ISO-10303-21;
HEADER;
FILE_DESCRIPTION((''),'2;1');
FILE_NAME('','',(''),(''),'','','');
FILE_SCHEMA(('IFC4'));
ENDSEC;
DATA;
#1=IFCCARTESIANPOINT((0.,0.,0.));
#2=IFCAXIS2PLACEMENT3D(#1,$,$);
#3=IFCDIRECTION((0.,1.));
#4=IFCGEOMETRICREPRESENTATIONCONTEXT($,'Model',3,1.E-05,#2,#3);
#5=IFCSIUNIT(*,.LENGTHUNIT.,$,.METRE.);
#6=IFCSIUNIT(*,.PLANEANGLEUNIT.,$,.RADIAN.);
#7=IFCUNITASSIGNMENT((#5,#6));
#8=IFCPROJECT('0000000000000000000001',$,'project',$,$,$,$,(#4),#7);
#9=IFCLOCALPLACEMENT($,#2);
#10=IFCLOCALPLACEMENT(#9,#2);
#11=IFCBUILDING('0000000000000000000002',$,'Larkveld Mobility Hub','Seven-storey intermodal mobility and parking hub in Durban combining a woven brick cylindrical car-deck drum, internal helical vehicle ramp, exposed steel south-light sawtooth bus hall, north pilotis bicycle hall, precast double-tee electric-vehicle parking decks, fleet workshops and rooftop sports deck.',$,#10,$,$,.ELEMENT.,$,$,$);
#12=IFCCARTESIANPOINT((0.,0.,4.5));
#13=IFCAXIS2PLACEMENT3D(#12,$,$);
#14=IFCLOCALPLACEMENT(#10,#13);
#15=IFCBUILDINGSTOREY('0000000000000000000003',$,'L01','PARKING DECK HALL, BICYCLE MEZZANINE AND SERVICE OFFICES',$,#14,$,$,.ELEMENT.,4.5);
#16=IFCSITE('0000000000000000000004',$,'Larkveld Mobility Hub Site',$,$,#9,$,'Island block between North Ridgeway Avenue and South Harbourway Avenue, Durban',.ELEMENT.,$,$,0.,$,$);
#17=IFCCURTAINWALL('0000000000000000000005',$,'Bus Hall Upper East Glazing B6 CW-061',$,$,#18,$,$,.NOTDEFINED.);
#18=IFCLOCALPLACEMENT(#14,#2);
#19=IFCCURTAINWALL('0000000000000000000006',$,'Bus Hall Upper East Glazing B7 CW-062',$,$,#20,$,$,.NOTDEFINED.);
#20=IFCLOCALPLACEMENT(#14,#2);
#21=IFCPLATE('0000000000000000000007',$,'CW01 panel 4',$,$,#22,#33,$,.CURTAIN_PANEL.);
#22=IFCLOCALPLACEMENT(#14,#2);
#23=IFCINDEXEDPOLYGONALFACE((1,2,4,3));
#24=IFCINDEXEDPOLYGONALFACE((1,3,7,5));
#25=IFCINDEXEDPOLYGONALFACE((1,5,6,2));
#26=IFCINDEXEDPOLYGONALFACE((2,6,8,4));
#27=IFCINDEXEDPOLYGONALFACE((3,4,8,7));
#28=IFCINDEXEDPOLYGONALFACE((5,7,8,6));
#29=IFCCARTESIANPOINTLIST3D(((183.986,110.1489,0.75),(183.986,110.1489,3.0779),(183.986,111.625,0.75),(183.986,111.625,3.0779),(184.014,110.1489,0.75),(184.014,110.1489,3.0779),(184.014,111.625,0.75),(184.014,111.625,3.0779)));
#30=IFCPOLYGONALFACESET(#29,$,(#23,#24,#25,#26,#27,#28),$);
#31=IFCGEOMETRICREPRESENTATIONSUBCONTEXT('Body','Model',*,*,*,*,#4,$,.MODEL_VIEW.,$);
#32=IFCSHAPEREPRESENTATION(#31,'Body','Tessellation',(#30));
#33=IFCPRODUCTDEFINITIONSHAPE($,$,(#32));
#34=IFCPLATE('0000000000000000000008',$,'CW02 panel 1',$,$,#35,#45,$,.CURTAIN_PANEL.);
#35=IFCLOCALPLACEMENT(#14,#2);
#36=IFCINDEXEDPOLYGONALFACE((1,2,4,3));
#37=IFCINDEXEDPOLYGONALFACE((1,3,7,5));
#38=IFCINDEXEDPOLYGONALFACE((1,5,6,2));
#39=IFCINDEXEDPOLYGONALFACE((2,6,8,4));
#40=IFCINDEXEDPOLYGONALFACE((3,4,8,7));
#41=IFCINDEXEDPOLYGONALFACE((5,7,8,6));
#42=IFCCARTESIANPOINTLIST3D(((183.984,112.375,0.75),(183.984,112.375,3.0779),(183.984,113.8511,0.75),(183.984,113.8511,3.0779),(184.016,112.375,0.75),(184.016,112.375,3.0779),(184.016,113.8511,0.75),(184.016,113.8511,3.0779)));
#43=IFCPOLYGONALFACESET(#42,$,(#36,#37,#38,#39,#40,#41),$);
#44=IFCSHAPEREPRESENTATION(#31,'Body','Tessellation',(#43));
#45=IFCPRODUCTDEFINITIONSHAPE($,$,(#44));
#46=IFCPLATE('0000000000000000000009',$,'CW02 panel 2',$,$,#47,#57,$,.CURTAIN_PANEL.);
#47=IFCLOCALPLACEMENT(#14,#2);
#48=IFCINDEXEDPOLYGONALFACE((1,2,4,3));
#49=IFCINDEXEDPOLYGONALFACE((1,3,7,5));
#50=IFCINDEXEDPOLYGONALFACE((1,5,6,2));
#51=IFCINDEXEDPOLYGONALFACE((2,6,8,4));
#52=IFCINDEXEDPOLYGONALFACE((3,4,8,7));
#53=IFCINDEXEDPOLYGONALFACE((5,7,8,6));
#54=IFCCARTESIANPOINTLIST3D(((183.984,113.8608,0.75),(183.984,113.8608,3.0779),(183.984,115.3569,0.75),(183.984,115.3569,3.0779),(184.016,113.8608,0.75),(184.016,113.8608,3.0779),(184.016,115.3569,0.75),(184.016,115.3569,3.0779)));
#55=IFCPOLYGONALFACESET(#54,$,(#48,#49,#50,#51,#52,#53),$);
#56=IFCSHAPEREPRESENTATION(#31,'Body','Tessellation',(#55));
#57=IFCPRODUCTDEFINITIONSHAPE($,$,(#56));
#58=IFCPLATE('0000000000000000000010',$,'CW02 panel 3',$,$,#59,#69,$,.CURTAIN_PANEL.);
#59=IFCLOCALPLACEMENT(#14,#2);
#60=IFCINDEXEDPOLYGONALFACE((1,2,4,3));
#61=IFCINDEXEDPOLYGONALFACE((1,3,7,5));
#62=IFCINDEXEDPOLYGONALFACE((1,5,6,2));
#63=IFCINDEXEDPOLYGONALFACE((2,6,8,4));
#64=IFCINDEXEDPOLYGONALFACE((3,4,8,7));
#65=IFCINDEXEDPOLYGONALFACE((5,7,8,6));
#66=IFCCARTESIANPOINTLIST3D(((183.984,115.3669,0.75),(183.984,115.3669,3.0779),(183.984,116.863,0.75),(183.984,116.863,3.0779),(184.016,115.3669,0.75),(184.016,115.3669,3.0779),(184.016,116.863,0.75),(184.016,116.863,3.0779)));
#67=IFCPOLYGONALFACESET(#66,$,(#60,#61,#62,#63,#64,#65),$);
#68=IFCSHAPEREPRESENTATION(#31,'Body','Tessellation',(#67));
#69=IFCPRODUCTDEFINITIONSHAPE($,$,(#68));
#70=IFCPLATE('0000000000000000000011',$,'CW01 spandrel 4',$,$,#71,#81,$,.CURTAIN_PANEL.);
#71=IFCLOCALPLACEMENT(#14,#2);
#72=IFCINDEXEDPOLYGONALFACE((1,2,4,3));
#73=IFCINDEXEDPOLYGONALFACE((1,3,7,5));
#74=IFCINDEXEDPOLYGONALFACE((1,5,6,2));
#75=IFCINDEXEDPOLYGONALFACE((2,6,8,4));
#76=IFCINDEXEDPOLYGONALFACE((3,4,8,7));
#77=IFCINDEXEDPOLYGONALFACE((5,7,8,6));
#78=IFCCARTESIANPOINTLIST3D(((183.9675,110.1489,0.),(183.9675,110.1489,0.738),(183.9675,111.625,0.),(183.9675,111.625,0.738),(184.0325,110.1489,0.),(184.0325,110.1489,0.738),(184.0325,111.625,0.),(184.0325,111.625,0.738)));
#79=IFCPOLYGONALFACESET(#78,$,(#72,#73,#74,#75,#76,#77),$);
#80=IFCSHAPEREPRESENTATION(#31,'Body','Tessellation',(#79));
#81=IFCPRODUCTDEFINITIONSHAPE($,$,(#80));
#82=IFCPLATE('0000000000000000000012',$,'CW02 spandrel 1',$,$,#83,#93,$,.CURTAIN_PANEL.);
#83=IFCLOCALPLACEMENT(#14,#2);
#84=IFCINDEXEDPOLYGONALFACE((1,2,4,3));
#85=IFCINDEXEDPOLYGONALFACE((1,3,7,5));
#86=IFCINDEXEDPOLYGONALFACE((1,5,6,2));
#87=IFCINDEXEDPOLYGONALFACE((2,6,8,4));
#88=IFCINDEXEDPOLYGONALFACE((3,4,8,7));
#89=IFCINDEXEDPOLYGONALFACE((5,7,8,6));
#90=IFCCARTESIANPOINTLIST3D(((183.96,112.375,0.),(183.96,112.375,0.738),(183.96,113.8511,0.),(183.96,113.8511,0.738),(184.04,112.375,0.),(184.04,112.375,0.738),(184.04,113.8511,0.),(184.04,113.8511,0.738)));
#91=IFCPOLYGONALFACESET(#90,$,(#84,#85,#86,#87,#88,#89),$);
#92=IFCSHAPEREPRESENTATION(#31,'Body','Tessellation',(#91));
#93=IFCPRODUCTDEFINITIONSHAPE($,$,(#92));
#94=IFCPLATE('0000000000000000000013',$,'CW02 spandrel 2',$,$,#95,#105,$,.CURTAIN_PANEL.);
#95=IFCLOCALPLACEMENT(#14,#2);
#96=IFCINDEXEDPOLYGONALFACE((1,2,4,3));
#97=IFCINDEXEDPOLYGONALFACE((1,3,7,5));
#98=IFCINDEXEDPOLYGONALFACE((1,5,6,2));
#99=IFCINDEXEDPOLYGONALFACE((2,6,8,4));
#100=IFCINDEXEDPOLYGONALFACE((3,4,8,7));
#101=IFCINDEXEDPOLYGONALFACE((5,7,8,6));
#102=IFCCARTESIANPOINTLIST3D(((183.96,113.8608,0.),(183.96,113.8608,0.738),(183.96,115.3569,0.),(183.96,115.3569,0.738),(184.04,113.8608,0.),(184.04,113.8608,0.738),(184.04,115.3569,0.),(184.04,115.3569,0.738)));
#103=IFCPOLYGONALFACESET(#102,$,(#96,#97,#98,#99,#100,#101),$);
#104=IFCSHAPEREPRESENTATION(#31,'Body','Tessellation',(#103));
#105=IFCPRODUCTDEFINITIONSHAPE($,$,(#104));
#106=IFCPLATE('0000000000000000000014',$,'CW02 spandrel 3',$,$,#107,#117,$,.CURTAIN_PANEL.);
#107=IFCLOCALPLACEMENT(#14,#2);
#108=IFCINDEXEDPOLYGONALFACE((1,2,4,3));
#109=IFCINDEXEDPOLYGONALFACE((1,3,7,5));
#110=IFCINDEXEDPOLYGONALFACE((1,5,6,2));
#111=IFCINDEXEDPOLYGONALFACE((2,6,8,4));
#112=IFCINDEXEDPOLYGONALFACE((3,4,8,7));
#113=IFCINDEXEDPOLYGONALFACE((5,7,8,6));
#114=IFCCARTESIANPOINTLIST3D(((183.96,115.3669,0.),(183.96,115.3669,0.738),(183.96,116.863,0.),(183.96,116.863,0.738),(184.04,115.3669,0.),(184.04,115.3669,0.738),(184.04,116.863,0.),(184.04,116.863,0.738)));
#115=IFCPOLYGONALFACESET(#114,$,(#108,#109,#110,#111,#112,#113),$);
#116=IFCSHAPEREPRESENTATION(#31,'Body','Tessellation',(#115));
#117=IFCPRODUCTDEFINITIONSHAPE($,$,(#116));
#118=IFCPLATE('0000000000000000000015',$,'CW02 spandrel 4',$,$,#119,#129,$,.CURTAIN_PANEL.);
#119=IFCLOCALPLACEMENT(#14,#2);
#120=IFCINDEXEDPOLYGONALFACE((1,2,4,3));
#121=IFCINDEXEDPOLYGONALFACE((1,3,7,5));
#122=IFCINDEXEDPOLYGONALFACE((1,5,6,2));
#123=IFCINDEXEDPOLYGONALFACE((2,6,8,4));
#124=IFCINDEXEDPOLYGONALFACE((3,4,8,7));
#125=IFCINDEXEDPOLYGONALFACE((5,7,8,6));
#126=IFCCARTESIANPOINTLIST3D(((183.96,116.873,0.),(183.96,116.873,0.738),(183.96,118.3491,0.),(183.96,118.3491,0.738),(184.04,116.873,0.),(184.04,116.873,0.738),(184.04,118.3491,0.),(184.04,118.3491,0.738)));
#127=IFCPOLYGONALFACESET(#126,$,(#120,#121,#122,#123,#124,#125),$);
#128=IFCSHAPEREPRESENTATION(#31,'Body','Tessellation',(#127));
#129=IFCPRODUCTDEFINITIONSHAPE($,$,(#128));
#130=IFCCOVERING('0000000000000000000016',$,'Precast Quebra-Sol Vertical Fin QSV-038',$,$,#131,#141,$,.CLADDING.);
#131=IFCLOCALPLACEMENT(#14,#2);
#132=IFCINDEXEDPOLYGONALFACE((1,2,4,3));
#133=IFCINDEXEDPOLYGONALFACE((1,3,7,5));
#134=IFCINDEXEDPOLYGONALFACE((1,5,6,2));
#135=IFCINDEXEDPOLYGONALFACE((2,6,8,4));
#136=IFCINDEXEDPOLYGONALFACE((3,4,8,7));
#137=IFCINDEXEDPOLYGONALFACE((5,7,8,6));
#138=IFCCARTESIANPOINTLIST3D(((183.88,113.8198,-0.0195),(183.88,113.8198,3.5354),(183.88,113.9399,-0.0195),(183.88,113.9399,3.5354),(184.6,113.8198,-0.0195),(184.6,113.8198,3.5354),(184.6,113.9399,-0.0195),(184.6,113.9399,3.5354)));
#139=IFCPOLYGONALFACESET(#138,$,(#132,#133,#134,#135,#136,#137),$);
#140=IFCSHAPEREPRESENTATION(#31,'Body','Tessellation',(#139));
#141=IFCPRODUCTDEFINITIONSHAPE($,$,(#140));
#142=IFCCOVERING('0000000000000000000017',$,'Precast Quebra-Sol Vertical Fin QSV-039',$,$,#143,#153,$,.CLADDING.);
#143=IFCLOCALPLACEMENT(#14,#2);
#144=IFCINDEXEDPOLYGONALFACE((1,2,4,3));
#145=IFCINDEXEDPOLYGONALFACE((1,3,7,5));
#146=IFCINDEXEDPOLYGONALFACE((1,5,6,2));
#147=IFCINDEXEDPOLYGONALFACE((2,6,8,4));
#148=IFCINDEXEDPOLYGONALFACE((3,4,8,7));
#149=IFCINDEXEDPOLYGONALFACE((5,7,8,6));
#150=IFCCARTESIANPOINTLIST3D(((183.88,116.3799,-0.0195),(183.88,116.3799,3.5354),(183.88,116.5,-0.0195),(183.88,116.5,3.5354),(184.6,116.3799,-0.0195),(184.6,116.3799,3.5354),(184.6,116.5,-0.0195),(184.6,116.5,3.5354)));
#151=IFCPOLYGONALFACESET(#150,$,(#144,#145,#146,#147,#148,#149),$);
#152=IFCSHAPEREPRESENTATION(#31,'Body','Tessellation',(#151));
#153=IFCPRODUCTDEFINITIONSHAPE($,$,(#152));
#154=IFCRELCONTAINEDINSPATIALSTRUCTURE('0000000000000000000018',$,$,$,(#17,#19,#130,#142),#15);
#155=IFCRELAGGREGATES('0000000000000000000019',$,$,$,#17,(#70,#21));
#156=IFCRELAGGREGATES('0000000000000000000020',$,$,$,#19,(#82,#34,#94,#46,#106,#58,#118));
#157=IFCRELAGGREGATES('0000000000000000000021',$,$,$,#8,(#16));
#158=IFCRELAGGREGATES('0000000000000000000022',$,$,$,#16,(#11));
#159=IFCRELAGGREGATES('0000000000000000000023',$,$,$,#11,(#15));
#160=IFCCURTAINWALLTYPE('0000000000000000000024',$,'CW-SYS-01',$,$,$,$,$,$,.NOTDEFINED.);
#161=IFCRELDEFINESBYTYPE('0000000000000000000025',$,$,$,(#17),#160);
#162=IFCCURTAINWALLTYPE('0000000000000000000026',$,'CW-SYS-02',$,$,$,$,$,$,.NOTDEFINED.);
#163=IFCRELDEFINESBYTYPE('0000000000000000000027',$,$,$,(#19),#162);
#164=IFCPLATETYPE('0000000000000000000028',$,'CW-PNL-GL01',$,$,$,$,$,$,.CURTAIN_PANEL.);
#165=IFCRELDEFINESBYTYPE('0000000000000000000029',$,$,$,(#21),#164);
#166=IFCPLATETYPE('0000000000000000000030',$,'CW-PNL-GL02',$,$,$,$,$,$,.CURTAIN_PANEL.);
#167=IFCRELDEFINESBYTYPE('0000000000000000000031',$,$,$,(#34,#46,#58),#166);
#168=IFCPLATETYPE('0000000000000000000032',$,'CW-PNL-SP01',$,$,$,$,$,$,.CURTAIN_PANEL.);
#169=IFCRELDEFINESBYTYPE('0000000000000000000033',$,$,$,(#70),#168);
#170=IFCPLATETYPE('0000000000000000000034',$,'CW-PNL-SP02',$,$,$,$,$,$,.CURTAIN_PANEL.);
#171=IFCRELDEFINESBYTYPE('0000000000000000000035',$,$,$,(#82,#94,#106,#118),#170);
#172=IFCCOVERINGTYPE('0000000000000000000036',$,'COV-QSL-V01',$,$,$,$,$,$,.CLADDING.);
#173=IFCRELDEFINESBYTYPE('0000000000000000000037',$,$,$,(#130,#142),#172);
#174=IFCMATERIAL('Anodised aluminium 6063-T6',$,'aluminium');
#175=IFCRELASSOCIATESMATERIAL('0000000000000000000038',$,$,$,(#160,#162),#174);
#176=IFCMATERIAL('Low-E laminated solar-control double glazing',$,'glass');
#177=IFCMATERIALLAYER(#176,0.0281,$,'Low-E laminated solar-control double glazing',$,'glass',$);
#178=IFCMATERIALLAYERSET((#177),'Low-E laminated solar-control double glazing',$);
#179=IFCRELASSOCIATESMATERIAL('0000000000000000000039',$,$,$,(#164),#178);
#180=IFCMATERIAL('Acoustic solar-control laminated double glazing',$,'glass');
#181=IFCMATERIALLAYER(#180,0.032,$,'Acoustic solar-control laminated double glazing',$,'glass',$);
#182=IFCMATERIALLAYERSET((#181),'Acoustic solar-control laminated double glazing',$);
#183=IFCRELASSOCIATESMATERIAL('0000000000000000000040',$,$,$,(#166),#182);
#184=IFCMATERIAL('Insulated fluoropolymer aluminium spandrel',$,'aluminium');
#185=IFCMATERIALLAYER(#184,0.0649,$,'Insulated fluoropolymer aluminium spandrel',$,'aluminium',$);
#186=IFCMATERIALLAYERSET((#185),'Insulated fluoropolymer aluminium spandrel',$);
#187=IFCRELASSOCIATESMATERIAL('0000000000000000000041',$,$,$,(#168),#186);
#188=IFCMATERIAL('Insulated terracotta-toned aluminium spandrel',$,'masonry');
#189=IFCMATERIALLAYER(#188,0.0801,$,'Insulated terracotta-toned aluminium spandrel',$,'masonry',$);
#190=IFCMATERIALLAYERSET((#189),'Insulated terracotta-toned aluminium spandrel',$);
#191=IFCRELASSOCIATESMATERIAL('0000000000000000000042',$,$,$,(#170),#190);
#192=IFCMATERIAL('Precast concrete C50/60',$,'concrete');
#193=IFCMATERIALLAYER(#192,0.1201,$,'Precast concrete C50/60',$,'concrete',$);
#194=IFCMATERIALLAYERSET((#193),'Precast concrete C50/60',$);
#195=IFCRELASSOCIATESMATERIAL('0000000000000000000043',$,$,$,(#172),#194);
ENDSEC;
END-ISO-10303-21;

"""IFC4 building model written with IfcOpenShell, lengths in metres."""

from ifc_helpers import new_model, si_unit, direction, frame, origin, origin_2d, place, context, subcontext, project, spatial, rectangle, extrude, material, layer, layer_set, type_object, element, aggregate, save


model = new_model("IFC4")

# Units and contexts
model_context = context("Model", 3, precision=1e-05, world=origin(), true_north=direction((0.0, 1.0)))
body_context = subcontext(model_context, "Body", "Model", "MODEL_VIEW")
ifc_project = project(units=[si_unit("LENGTHUNIT", "METRE"), si_unit("PLANEANGLEUNIT", "RADIAN")], contexts=[model_context])

# Site, building, storey
site_placement = place(None, origin())
site = spatial("IfcSite", under=ifc_project, at=site_placement, Name="Larkveld Mobility Hub Site", LongName="Island block between North Ridgeway Avenue and South Harbourway Avenue, Durban", CompositionType="ELEMENT", RefElevation=0.0)
building_placement = place(site_placement, origin())
building = spatial("IfcBuilding", under=site, at=building_placement, Name="Larkveld Mobility Hub", Description="Seven-storey intermodal mobility and parking hub in Durban combining a woven brick cylindrical car-deck drum, internal helical vehicle ramp, exposed steel south-light sawtooth bus hall, north pilotis bicycle hall, precast double-tee electric-vehicle parking decks, fleet workshops and rooftop sports deck.", CompositionType="ELEMENT")
storey_placement = place(building_placement, frame((0.0, 0.0, 4.5)))
storey = spatial("IfcBuildingStorey", under=building, at=storey_placement, Name="L01", Description="PARKING DECK HALL, BICYCLE MEZZANINE AND SERVICE OFFICES", CompositionType="ELEMENT", Elevation=4.5)

# Curtain walls
ifc_material_1 = material(Name="Anodised aluminium 6063-T6", Category="aluminium")
curtain_wall_type_1 = type_object("IfcCurtainWallType", Name="CW-SYS-01", PredefinedType="NOTDEFINED", material=ifc_material_1)
curtain_wall_1_placement = place(storey_placement, origin())
curtain_wall_1 = element("IfcCurtainWall", 1, at=curtain_wall_1_placement, inside=storey, type_object=curtain_wall_type_1, Name="Bus Hall Upper East Glazing B6 CW-061", PredefinedType="NOTDEFINED")
curtain_wall_type_2 = type_object("IfcCurtainWallType", Name="CW-SYS-02", PredefinedType="NOTDEFINED", material=ifc_material_1)
curtain_wall_2_placement = place(storey_placement, origin())
curtain_wall_2 = element("IfcCurtainWall", 2, at=curtain_wall_2_placement, inside=storey, type_object=curtain_wall_type_2, Name="Bus Hall Upper East Glazing B7 CW-062", PredefinedType="NOTDEFINED")

# Plates
ifc_material_2 = material(Name="Low-E laminated solar-control double glazing", Category="glass")
ifc_layer_1 = layer(ifc_material_2, 0.0281, Name="Low-E laminated solar-control double glazing", Category="glass")
ifc_layer_set_1 = layer_set([ifc_layer_1], Name="Low-E laminated solar-control double glazing")
plate_type_1 = type_object("IfcPlateType", Name="CW-PNL-GL01", PredefinedType="CURTAIN_PANEL", material=ifc_layer_set_1)
plate_1_placement = place(storey_placement, frame((184.0, 110.887, 0.75), z_axis=(0.0, 0.0, 1.0), x_axis=(0.0, 1.0, 0.0)))
plate_1 = element("IfcPlate", 3, at=plate_1_placement, type_object=plate_type_1, Name="CW01 panel 4", PredefinedType="CURTAIN_PANEL", context=body_context, shape_type="SweptSolid", body=[
    extrude(rectangle(XDim=1.4761, YDim=0.0281, at=origin_2d()), origin(), (0.0, 0.0, 1.0), 2.3279),
])
ifc_material_3 = material(Name="Acoustic solar-control laminated double glazing", Category="glass")
ifc_layer_2 = layer(ifc_material_3, 0.032, Name="Acoustic solar-control laminated double glazing", Category="glass")
ifc_layer_set_2 = layer_set([ifc_layer_2], Name="Acoustic solar-control laminated double glazing")
plate_type_2 = type_object("IfcPlateType", Name="CW-PNL-GL02", PredefinedType="CURTAIN_PANEL", material=ifc_layer_set_2)
plate_2_placement = place(storey_placement, frame((184.0, 113.113, 0.75), z_axis=(0.0, 0.0, 1.0), x_axis=(0.0, 1.0, 0.0)))
plate_2 = element("IfcPlate", 4, at=plate_2_placement, type_object=plate_type_2, Name="CW02 panel 1", PredefinedType="CURTAIN_PANEL", context=body_context, shape_type="SweptSolid", body=[
    extrude(rectangle(XDim=1.4761, YDim=0.032, at=origin_2d()), origin(), (0.0, 0.0, 1.0), 2.3279),
])
plate_3_placement = place(storey_placement, frame((184.0, 114.6089, 0.75), z_axis=(0.0, 0.0, 1.0), x_axis=(0.0, 1.0, 0.0)))
plate_3 = element("IfcPlate", 5, at=plate_3_placement, type_object=plate_type_2, Name="CW02 panel 2", PredefinedType="CURTAIN_PANEL", context=body_context, shape_type="SweptSolid", body=[
    extrude(rectangle(XDim=1.4961, YDim=0.032, at=origin_2d()), origin(), (0.0, 0.0, 1.0), 2.3279),
])
plate_4_placement = place(storey_placement, frame((184.0, 116.115, 0.75), z_axis=(0.0, 0.0, 1.0), x_axis=(0.0, 1.0, 0.0)))
plate_4 = element("IfcPlate", 6, at=plate_4_placement, type_object=plate_type_2, Name="CW02 panel 3", PredefinedType="CURTAIN_PANEL", context=body_context, shape_type="SweptSolid", body=[
    extrude(rectangle(XDim=1.4961, YDim=0.032, at=origin_2d()), origin(), (0.0, 0.0, 1.0), 2.3279),
])
ifc_material_4 = material(Name="Insulated fluoropolymer aluminium spandrel", Category="aluminium")
ifc_layer_3 = layer(ifc_material_4, 0.0649, Name="Insulated fluoropolymer aluminium spandrel", Category="aluminium")
ifc_layer_set_3 = layer_set([ifc_layer_3], Name="Insulated fluoropolymer aluminium spandrel")
plate_type_3 = type_object("IfcPlateType", Name="CW-PNL-SP01", PredefinedType="CURTAIN_PANEL", material=ifc_layer_set_3)
plate_5_placement = place(storey_placement, frame((184.0, 110.887, 0.0), z_axis=(0.0, 0.0, 1.0), x_axis=(0.0, 1.0, 0.0)))
plate_5 = element("IfcPlate", 7, at=plate_5_placement, type_object=plate_type_3, Name="CW01 spandrel 4", PredefinedType="CURTAIN_PANEL", context=body_context, shape_type="SweptSolid", body=[
    extrude(rectangle(XDim=1.4761, YDim=0.0649, at=origin_2d()), origin(), (0.0, 0.0, 1.0), 0.738),
])
aggregate(curtain_wall_1, [plate_5, plate_1])
ifc_material_5 = material(Name="Insulated terracotta-toned aluminium spandrel", Category="masonry")
ifc_layer_4 = layer(ifc_material_5, 0.0801, Name="Insulated terracotta-toned aluminium spandrel", Category="masonry")
ifc_layer_set_4 = layer_set([ifc_layer_4], Name="Insulated terracotta-toned aluminium spandrel")
plate_type_4 = type_object("IfcPlateType", Name="CW-PNL-SP02", PredefinedType="CURTAIN_PANEL", material=ifc_layer_set_4)
plate_6_placement = place(storey_placement, frame((184.0, 113.113, 0.0), z_axis=(0.0, 0.0, 1.0), x_axis=(0.0, 1.0, 0.0)))
plate_6 = element("IfcPlate", 8, at=plate_6_placement, type_object=plate_type_4, Name="CW02 spandrel 1", PredefinedType="CURTAIN_PANEL", context=body_context, shape_type="SweptSolid", body=[
    extrude(rectangle(XDim=1.4761, YDim=0.0801, at=origin_2d()), origin(), (0.0, 0.0, 1.0), 0.738),
])
plate_7_placement = place(storey_placement, frame((184.0, 114.6089, 0.0), z_axis=(0.0, 0.0, 1.0), x_axis=(0.0, 1.0, 0.0)))
plate_7 = element("IfcPlate", 9, at=plate_7_placement, type_object=plate_type_4, Name="CW02 spandrel 2", PredefinedType="CURTAIN_PANEL", context=body_context, shape_type="SweptSolid", body=[
    extrude(rectangle(XDim=1.4961, YDim=0.0801, at=origin_2d()), origin(), (0.0, 0.0, 1.0), 0.738),
])
plate_8_placement = place(storey_placement, frame((184.0, 116.115, 0.0), z_axis=(0.0, 0.0, 1.0), x_axis=(0.0, 1.0, 0.0)))
plate_8 = element("IfcPlate", 10, at=plate_8_placement, type_object=plate_type_4, Name="CW02 spandrel 3", PredefinedType="CURTAIN_PANEL", context=body_context, shape_type="SweptSolid", body=[
    extrude(rectangle(XDim=1.4961, YDim=0.0801, at=origin_2d()), origin(), (0.0, 0.0, 1.0), 0.738),
])
plate_9_placement = place(storey_placement, frame((184.0, 117.6111, 0.0), z_axis=(0.0, 0.0, 1.0), x_axis=(0.0, 1.0, 0.0)))
plate_9 = element("IfcPlate", 11, at=plate_9_placement, type_object=plate_type_4, Name="CW02 spandrel 4", PredefinedType="CURTAIN_PANEL", context=body_context, shape_type="SweptSolid", body=[
    extrude(rectangle(XDim=1.4761, YDim=0.0801, at=origin_2d()), origin(), (0.0, 0.0, 1.0), 0.738),
])
aggregate(curtain_wall_2, [plate_6, plate_2, plate_7, plate_3, plate_8, plate_4, plate_9])

# Coverings
ifc_material_6 = material(Name="Precast concrete C50/60", Category="concrete")
ifc_layer_5 = layer(ifc_material_6, 0.1201, Name="Precast concrete C50/60", Category="concrete")
ifc_layer_set_5 = layer_set([ifc_layer_5], Name="Precast concrete C50/60")
covering_type = type_object("IfcCoveringType", Name="COV-QSL-V01", PredefinedType="CLADDING", material=ifc_layer_set_5)
for number, where, z_axis, x_axis, name in (
    (12, (184.24, 113.8799, -0.0195), (0.0, 0.0, 1.0), (0.0, 1.0, 0.0), "Precast Quebra-Sol Vertical Fin QSV-038"),
    (13, (184.24, 116.4399, -0.0195), (0.0, 0.0, 1.0), (0.0, 1.0, 0.0), "Precast Quebra-Sol Vertical Fin QSV-039"),
):
    element("IfcCovering", number, at=place(storey_placement, frame(where, z_axis=z_axis, x_axis=x_axis)), inside=storey, type_object=covering_type, Name=name, PredefinedType="CLADDING", context=body_context, shape_type="SweptSolid", body=[
        extrude(rectangle(XDim=0.1201, YDim=0.72, at=origin_2d()), origin(), (0.0, 0.0, 1.0), 3.5549),
    ])

save(model, "model.ifc")
